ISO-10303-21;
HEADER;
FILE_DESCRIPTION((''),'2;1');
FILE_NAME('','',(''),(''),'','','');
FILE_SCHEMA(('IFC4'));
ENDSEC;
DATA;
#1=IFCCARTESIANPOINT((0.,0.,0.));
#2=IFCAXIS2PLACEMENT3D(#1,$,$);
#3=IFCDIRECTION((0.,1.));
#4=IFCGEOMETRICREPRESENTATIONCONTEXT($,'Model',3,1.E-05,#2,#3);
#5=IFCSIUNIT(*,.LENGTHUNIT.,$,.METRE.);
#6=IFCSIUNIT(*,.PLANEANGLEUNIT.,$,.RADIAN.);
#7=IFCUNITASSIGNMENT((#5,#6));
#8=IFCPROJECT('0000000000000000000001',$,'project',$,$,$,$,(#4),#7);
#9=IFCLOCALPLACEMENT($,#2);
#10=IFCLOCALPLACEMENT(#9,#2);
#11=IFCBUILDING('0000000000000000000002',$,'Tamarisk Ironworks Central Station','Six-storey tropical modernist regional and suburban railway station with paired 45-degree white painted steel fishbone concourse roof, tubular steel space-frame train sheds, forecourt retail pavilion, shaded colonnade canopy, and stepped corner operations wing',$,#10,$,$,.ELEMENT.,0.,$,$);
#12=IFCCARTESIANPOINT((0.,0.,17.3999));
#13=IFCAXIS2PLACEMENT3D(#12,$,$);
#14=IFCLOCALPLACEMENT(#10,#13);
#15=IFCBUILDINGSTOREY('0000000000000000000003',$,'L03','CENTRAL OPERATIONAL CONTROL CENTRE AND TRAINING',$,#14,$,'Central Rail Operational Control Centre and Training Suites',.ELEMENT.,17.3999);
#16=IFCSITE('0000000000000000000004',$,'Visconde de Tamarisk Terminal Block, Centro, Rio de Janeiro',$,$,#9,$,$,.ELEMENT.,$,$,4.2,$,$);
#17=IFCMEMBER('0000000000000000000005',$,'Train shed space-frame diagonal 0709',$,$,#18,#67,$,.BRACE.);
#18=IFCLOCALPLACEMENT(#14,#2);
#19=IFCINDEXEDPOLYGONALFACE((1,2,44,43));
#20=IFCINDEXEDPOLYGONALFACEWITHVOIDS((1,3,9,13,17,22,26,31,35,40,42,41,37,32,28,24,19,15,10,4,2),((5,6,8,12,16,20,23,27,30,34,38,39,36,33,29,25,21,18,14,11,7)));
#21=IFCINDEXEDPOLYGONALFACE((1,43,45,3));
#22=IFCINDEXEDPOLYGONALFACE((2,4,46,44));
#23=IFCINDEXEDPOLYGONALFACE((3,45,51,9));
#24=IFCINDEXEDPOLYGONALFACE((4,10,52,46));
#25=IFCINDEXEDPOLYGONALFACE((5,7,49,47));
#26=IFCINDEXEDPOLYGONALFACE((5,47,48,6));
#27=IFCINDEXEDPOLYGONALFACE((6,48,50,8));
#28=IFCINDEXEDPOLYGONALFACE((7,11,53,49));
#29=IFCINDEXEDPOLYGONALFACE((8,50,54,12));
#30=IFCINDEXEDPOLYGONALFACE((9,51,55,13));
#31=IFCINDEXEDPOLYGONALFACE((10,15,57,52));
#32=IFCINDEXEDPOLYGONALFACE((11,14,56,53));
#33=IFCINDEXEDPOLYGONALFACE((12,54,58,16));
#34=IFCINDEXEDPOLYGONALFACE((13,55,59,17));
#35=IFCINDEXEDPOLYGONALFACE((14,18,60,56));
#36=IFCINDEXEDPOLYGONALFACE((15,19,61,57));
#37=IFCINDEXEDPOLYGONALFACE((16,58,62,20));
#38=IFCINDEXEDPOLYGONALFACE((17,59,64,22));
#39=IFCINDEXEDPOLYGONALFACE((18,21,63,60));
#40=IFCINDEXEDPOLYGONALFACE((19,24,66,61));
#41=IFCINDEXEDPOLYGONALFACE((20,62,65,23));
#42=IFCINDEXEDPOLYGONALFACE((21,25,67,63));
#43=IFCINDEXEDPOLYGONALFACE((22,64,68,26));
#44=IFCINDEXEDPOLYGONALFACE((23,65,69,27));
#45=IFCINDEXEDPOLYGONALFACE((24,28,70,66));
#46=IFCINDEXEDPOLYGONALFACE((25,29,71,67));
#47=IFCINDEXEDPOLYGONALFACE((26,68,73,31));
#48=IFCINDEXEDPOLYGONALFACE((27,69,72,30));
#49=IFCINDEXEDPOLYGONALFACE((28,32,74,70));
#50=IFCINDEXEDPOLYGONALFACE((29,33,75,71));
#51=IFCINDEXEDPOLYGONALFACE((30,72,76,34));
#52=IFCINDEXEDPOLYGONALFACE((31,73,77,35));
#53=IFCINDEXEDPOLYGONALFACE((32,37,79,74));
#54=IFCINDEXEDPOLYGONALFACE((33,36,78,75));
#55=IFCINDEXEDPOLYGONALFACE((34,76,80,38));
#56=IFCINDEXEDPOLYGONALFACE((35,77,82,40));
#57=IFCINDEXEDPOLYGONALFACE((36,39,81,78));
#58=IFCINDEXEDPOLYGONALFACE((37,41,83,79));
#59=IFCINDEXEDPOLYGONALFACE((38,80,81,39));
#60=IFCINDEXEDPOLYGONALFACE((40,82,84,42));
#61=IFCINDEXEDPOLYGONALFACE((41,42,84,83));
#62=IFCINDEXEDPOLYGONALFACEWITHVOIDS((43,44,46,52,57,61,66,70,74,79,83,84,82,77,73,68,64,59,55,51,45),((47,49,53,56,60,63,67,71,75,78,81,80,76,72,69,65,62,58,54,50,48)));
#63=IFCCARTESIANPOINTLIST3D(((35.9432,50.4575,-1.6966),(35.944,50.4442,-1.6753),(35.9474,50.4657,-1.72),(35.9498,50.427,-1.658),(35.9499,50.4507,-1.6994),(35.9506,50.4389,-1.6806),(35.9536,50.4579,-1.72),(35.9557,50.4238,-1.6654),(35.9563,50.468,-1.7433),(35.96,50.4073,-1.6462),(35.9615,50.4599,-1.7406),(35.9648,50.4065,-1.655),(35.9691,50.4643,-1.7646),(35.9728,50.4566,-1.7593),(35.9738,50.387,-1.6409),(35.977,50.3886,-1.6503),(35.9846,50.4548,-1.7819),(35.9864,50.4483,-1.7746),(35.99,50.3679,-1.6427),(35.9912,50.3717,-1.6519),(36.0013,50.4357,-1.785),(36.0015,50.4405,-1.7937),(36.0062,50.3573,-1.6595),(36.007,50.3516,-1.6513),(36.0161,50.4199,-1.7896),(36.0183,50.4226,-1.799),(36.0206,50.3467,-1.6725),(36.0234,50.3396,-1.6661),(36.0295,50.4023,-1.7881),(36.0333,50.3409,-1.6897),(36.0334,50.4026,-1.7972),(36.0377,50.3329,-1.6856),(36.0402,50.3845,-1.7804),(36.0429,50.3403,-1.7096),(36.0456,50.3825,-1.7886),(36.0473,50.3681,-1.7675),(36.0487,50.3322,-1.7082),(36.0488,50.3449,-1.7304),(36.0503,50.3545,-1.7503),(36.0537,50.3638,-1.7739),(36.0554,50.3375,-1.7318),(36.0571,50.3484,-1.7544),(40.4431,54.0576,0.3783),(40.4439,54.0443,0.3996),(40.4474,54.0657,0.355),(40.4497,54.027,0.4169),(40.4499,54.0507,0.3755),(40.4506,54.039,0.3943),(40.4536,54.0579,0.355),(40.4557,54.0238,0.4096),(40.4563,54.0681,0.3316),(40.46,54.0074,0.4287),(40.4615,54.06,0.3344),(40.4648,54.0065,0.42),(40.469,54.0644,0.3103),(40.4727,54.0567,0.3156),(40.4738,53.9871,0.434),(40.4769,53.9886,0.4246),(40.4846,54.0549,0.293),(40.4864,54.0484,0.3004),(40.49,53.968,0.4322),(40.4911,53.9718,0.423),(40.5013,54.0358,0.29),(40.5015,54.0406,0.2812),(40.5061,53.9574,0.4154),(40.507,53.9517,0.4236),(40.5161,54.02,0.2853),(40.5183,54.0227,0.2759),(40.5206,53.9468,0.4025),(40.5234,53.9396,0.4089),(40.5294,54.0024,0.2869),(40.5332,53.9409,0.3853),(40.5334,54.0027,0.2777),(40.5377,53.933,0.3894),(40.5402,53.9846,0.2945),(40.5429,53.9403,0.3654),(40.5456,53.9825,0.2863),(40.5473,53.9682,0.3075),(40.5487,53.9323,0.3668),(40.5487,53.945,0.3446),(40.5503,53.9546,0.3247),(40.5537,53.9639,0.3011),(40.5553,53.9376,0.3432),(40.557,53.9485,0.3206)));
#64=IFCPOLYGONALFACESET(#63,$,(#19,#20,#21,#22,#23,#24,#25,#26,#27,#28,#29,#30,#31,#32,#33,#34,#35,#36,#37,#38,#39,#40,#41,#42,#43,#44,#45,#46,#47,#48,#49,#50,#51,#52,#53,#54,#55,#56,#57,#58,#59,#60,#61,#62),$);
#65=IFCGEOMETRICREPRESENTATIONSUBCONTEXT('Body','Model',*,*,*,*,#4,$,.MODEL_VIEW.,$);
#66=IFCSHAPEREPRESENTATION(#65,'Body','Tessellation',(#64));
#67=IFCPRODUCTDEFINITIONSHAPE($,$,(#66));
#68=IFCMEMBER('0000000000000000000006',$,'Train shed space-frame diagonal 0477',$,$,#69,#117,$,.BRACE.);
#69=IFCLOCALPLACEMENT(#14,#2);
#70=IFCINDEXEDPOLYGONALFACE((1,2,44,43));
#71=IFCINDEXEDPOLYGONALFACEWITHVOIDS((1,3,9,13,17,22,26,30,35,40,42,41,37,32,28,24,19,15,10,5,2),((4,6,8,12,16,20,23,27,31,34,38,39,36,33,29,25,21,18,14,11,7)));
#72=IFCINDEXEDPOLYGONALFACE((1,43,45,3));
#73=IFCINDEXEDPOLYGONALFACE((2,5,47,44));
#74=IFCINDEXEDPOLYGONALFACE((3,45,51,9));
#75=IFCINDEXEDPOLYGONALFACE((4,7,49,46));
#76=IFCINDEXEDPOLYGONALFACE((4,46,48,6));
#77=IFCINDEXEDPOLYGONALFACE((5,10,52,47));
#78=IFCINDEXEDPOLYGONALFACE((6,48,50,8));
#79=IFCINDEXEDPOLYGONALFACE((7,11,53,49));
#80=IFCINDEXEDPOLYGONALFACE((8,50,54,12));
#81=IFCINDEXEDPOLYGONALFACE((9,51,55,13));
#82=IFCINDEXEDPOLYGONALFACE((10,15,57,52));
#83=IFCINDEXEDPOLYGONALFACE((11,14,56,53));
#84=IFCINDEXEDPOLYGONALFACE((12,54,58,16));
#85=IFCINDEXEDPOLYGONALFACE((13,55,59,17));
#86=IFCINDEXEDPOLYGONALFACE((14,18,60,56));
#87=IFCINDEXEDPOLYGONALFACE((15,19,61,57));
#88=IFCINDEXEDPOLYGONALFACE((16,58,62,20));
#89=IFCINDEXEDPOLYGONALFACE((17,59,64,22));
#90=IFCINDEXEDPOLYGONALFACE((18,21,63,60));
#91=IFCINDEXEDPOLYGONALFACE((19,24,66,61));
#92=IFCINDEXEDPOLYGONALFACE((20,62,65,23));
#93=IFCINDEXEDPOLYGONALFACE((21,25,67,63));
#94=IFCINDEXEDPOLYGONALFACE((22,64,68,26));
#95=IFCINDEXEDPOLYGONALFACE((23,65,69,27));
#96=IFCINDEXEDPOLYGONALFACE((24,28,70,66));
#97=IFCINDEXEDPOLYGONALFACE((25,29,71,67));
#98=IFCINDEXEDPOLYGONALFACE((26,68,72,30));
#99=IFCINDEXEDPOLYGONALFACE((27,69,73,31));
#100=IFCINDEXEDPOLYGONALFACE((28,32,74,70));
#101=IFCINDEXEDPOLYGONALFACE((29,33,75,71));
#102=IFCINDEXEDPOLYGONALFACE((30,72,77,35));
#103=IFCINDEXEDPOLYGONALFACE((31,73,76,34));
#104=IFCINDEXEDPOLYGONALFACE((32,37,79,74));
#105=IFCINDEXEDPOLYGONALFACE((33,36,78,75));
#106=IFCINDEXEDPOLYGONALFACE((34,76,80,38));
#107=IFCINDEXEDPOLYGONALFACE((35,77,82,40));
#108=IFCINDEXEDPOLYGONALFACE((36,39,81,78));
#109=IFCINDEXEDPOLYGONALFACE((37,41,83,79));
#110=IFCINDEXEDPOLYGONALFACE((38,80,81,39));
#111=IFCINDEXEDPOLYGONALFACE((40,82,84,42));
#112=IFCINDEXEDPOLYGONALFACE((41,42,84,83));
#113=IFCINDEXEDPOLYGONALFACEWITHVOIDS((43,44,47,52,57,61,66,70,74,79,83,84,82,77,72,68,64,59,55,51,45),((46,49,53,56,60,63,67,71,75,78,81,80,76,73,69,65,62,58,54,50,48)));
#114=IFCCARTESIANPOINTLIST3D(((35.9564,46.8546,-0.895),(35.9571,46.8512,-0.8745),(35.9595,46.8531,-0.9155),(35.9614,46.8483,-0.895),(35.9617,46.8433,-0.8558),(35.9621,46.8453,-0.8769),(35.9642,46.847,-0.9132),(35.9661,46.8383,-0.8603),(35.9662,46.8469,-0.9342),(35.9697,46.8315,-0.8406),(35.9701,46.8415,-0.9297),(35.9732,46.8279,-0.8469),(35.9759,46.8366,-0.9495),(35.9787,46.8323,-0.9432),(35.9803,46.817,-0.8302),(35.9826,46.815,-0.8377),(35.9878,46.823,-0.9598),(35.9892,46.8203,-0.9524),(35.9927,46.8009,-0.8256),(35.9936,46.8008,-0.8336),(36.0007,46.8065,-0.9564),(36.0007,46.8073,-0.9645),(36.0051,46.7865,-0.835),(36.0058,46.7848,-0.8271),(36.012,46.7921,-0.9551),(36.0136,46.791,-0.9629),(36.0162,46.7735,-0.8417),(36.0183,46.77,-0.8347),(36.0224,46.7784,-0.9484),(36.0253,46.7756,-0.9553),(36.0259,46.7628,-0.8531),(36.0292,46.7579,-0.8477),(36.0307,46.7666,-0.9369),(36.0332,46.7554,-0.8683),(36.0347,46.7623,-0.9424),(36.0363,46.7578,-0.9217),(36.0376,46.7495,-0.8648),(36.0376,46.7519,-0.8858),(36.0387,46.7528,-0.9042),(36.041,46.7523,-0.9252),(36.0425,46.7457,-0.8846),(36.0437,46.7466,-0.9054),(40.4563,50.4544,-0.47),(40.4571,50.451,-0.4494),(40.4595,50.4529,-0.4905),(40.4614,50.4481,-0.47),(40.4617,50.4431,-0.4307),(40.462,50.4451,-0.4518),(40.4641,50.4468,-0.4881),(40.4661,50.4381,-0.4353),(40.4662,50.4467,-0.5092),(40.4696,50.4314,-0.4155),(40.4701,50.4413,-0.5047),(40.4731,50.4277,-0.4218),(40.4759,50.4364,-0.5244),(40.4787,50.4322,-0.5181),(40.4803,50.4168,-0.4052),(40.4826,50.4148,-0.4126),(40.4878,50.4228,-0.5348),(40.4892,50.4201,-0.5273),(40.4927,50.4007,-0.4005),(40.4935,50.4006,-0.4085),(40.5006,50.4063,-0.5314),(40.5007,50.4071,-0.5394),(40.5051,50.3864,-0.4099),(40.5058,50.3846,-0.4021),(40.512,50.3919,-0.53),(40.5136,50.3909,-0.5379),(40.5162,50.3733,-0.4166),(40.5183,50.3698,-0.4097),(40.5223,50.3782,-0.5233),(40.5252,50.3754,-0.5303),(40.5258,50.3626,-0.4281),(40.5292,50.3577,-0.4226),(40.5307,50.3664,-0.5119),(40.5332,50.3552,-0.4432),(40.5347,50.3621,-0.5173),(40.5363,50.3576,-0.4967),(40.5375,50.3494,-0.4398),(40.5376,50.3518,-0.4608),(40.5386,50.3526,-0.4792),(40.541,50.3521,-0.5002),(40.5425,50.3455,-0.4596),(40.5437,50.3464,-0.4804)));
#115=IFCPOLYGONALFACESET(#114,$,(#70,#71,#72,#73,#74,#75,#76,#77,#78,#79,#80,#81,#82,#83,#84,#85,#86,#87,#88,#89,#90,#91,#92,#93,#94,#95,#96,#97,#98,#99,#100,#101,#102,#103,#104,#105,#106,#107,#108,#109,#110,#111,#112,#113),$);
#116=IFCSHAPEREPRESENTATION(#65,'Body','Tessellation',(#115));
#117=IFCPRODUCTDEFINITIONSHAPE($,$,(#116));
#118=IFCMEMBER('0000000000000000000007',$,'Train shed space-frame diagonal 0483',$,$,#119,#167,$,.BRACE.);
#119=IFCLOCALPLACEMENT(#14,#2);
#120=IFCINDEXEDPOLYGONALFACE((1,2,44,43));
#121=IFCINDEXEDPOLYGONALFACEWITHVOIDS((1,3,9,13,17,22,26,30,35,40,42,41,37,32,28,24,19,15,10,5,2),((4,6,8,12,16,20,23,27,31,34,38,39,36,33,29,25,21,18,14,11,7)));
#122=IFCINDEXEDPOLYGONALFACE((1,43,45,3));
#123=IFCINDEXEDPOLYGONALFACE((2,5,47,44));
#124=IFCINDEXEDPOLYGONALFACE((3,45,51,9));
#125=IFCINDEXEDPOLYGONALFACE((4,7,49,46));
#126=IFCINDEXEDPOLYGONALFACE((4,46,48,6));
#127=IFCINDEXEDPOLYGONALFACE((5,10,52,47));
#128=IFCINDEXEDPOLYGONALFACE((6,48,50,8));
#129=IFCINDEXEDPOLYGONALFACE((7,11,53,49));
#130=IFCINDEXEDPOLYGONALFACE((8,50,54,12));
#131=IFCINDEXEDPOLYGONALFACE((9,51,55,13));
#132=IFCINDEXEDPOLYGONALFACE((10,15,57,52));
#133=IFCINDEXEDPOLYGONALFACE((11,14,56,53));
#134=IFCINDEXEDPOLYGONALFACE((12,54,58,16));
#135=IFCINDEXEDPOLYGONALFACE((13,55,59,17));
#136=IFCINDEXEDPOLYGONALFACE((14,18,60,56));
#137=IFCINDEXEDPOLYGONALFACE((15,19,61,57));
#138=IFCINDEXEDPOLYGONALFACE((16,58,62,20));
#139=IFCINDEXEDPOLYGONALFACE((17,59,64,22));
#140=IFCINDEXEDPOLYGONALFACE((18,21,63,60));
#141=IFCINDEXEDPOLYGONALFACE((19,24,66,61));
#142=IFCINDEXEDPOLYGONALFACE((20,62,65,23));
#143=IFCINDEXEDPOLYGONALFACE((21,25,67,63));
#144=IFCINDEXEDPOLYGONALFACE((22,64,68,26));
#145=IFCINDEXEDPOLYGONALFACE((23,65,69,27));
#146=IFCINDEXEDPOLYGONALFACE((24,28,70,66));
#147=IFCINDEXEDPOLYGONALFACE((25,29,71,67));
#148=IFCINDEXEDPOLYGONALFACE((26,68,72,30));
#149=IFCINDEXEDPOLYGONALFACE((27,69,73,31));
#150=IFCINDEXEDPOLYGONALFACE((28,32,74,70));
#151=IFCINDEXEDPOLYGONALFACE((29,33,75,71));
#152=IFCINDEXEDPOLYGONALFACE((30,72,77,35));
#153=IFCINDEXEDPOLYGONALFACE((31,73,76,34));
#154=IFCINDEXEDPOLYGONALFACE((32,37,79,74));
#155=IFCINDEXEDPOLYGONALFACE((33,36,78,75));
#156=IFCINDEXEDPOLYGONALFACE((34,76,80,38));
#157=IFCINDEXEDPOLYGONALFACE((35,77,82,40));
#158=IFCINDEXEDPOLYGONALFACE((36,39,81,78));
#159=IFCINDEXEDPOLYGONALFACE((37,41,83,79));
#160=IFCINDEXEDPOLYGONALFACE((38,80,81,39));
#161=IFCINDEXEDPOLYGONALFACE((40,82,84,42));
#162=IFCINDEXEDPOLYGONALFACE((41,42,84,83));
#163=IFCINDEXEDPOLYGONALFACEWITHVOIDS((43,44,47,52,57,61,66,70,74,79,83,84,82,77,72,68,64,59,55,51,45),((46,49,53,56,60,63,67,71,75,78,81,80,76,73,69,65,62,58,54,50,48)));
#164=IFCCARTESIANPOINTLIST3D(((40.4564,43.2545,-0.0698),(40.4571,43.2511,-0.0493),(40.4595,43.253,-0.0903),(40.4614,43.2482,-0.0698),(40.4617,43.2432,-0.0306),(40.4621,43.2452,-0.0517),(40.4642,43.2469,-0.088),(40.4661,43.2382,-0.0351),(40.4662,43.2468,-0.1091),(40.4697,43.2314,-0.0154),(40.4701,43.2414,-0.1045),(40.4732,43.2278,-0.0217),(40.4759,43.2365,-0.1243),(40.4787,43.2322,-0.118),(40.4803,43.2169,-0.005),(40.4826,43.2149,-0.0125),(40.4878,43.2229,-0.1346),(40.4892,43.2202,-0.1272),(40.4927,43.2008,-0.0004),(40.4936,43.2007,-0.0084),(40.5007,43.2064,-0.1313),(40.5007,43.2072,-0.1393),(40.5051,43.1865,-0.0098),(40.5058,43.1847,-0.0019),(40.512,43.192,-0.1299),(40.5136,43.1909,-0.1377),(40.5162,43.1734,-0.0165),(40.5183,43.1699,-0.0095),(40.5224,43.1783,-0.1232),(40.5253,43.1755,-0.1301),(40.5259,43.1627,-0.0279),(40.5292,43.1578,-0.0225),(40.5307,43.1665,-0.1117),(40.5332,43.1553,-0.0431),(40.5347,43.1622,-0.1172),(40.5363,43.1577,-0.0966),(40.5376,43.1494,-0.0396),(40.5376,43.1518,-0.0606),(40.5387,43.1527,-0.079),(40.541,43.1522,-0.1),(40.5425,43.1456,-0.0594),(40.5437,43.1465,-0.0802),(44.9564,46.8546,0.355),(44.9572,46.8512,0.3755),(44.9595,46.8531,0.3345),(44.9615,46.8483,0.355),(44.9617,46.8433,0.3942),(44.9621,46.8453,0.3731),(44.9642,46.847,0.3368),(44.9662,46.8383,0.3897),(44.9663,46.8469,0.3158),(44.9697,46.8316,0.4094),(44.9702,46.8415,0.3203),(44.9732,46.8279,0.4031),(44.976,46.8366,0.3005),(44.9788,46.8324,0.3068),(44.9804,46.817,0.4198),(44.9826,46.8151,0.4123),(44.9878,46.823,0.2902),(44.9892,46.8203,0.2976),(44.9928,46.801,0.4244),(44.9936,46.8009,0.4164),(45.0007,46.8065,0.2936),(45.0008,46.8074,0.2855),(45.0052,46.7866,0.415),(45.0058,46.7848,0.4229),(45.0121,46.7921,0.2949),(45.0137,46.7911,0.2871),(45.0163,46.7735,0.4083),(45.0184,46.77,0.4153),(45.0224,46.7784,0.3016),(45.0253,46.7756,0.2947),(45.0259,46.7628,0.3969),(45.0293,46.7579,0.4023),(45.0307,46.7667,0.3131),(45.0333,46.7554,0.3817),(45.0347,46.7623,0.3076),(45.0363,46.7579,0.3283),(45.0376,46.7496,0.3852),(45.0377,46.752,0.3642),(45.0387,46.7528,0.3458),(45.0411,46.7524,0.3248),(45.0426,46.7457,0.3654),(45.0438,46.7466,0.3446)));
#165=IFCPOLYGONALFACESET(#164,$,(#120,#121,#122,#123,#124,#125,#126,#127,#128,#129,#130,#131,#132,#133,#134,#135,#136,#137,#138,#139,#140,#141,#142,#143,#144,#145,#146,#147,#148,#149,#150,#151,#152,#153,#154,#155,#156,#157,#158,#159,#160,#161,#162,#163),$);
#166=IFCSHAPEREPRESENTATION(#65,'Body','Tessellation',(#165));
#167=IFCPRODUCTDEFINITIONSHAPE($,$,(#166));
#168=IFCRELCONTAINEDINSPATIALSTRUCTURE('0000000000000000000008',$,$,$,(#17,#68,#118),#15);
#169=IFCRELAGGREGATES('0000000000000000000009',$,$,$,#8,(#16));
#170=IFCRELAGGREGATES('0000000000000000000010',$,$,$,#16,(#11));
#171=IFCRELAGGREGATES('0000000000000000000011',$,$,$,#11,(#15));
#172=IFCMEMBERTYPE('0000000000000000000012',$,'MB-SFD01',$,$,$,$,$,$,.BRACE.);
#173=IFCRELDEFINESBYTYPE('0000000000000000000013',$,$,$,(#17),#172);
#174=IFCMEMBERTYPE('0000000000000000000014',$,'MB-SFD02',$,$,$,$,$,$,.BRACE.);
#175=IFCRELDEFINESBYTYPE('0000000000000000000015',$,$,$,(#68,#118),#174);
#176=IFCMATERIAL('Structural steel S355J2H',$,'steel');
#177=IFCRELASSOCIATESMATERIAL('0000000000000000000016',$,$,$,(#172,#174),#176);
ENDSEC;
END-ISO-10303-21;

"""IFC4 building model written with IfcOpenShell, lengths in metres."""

from ifc_helpers import new_model, si_unit, direction, frame, origin, origin_2d, place, context, subcontext, project, spatial, hollow_circle, extrude, material, material_profile, profile_set, type_object, element, save


model = new_model("IFC4")

# Units and contexts
model_context = context("Model", 3, precision=1e-05, world=origin(), true_north=direction((0.0, 1.0)))
body_context = subcontext(model_context, "Body", "Model", "MODEL_VIEW")
ifc_project = project(units=[si_unit("LENGTHUNIT", "METRE"), si_unit("PLANEANGLEUNIT", "RADIAN")], contexts=[model_context])

# Site, building, storey
site_placement = place(None, origin())
site = spatial("IfcSite", under=ifc_project, at=site_placement, Name="Visconde de Tamarisk Terminal Block, Centro, Rio de Janeiro", CompositionType="ELEMENT", RefElevation=4.2)
building_placement = place(site_placement, origin())
building = spatial("IfcBuilding", under=site, at=building_placement, Name="Tamarisk Ironworks Central Station", Description="Six-storey tropical modernist regional and suburban railway station with paired 45-degree white painted steel fishbone concourse roof, tubular steel space-frame train sheds, forecourt retail pavilion, shaded colonnade canopy, and stepped corner operations wing", CompositionType="ELEMENT", ElevationOfRefHeight=0.0)
storey_placement = place(building_placement, frame((0.0, 0.0, 17.3999)))
storey = spatial("IfcBuildingStorey", under=building, at=storey_placement, Name="L03", Description="CENTRAL OPERATIONAL CONTROL CENTRE AND TRAINING", LongName="Central Rail Operational Control Centre and Training Suites", CompositionType="ELEMENT", Elevation=17.3999)

# Members
ifc_material_1 = material(Name="Structural steel S355J2H", Category="steel")
ifc_material_profile_1 = material_profile(ifc_material_1, hollow_circle(Radius=0.0842, WallThickness=0.01, at=origin_2d()), Name="CHS 168.3x10")
ifc_profile_set_1 = profile_set([ifc_material_profile_1], Name="Structural steel S355J2H")
member_type_1 = type_object("IfcMemberType", Name="MB-SFD01", PredefinedType="BRACE", material=ifc_profile_set_1)
member_1_placement = place(storey_placement, frame((36.0, 50.3999, -1.72), z_axis=(0.734689, 0.587767, 0.338765), x_axis=(-0.624705, 0.780861, 0.0)))
element("IfcMember", 1, at=member_1_placement, inside=storey, type_object=member_type_1, Name="Train shed space-frame diagonal 0709", PredefinedType="BRACE", context=body_context, shape_type="SweptSolid", body=[
    extrude(hollow_circle(Radius=0.0842, WallThickness=0.01, at=origin_2d()), origin(), (0.0, 0.0, 1.0), 6.125),
])
ifc_material_profile_2 = material_profile(ifc_material_1, hollow_circle(Radius=0.0698, WallThickness=0.0081, at=origin_2d()), Name="CHS 139.7x8")
ifc_profile_set_2 = profile_set([ifc_material_profile_2], Name="Structural steel S355J2H")
member_type_2 = type_object("IfcMemberType", Name="MB-SFD02", PredefinedType="BRACE", material=ifc_profile_set_2)
member_2_placement = place(storey_placement, frame((36.0, 46.8, -0.895), z_axis=(0.778766, 0.622987, 0.073559), x_axis=(-0.62468, 0.780881, 0.0)))
element("IfcMember", 2, at=member_2_placement, inside=storey, type_object=member_type_2, Name="Train shed space-frame diagonal 0477", PredefinedType="BRACE", context=body_context, shape_type="SweptSolid", body=[
    extrude(hollow_circle(Radius=0.0698, WallThickness=0.0081, at=origin_2d()), origin(), (0.0, 0.0, 1.0), 5.7783),
])
member_3_placement = place(storey_placement, frame((40.5, 43.2, -0.0698), z_axis=(0.778748, 0.623015, 0.073515), x_axis=(-0.624705, 0.780861, 0.0)))
element("IfcMember", 3, at=member_3_placement, inside=storey, type_object=member_type_2, Name="Train shed space-frame diagonal 0483", PredefinedType="BRACE", context=body_context, shape_type="SweptSolid", body=[
    extrude(hollow_circle(Radius=0.0698, WallThickness=0.0081, at=origin_2d()), origin(), (0.0, 0.0, 1.0), 5.7786),
])

save(model, "model.ifc")
